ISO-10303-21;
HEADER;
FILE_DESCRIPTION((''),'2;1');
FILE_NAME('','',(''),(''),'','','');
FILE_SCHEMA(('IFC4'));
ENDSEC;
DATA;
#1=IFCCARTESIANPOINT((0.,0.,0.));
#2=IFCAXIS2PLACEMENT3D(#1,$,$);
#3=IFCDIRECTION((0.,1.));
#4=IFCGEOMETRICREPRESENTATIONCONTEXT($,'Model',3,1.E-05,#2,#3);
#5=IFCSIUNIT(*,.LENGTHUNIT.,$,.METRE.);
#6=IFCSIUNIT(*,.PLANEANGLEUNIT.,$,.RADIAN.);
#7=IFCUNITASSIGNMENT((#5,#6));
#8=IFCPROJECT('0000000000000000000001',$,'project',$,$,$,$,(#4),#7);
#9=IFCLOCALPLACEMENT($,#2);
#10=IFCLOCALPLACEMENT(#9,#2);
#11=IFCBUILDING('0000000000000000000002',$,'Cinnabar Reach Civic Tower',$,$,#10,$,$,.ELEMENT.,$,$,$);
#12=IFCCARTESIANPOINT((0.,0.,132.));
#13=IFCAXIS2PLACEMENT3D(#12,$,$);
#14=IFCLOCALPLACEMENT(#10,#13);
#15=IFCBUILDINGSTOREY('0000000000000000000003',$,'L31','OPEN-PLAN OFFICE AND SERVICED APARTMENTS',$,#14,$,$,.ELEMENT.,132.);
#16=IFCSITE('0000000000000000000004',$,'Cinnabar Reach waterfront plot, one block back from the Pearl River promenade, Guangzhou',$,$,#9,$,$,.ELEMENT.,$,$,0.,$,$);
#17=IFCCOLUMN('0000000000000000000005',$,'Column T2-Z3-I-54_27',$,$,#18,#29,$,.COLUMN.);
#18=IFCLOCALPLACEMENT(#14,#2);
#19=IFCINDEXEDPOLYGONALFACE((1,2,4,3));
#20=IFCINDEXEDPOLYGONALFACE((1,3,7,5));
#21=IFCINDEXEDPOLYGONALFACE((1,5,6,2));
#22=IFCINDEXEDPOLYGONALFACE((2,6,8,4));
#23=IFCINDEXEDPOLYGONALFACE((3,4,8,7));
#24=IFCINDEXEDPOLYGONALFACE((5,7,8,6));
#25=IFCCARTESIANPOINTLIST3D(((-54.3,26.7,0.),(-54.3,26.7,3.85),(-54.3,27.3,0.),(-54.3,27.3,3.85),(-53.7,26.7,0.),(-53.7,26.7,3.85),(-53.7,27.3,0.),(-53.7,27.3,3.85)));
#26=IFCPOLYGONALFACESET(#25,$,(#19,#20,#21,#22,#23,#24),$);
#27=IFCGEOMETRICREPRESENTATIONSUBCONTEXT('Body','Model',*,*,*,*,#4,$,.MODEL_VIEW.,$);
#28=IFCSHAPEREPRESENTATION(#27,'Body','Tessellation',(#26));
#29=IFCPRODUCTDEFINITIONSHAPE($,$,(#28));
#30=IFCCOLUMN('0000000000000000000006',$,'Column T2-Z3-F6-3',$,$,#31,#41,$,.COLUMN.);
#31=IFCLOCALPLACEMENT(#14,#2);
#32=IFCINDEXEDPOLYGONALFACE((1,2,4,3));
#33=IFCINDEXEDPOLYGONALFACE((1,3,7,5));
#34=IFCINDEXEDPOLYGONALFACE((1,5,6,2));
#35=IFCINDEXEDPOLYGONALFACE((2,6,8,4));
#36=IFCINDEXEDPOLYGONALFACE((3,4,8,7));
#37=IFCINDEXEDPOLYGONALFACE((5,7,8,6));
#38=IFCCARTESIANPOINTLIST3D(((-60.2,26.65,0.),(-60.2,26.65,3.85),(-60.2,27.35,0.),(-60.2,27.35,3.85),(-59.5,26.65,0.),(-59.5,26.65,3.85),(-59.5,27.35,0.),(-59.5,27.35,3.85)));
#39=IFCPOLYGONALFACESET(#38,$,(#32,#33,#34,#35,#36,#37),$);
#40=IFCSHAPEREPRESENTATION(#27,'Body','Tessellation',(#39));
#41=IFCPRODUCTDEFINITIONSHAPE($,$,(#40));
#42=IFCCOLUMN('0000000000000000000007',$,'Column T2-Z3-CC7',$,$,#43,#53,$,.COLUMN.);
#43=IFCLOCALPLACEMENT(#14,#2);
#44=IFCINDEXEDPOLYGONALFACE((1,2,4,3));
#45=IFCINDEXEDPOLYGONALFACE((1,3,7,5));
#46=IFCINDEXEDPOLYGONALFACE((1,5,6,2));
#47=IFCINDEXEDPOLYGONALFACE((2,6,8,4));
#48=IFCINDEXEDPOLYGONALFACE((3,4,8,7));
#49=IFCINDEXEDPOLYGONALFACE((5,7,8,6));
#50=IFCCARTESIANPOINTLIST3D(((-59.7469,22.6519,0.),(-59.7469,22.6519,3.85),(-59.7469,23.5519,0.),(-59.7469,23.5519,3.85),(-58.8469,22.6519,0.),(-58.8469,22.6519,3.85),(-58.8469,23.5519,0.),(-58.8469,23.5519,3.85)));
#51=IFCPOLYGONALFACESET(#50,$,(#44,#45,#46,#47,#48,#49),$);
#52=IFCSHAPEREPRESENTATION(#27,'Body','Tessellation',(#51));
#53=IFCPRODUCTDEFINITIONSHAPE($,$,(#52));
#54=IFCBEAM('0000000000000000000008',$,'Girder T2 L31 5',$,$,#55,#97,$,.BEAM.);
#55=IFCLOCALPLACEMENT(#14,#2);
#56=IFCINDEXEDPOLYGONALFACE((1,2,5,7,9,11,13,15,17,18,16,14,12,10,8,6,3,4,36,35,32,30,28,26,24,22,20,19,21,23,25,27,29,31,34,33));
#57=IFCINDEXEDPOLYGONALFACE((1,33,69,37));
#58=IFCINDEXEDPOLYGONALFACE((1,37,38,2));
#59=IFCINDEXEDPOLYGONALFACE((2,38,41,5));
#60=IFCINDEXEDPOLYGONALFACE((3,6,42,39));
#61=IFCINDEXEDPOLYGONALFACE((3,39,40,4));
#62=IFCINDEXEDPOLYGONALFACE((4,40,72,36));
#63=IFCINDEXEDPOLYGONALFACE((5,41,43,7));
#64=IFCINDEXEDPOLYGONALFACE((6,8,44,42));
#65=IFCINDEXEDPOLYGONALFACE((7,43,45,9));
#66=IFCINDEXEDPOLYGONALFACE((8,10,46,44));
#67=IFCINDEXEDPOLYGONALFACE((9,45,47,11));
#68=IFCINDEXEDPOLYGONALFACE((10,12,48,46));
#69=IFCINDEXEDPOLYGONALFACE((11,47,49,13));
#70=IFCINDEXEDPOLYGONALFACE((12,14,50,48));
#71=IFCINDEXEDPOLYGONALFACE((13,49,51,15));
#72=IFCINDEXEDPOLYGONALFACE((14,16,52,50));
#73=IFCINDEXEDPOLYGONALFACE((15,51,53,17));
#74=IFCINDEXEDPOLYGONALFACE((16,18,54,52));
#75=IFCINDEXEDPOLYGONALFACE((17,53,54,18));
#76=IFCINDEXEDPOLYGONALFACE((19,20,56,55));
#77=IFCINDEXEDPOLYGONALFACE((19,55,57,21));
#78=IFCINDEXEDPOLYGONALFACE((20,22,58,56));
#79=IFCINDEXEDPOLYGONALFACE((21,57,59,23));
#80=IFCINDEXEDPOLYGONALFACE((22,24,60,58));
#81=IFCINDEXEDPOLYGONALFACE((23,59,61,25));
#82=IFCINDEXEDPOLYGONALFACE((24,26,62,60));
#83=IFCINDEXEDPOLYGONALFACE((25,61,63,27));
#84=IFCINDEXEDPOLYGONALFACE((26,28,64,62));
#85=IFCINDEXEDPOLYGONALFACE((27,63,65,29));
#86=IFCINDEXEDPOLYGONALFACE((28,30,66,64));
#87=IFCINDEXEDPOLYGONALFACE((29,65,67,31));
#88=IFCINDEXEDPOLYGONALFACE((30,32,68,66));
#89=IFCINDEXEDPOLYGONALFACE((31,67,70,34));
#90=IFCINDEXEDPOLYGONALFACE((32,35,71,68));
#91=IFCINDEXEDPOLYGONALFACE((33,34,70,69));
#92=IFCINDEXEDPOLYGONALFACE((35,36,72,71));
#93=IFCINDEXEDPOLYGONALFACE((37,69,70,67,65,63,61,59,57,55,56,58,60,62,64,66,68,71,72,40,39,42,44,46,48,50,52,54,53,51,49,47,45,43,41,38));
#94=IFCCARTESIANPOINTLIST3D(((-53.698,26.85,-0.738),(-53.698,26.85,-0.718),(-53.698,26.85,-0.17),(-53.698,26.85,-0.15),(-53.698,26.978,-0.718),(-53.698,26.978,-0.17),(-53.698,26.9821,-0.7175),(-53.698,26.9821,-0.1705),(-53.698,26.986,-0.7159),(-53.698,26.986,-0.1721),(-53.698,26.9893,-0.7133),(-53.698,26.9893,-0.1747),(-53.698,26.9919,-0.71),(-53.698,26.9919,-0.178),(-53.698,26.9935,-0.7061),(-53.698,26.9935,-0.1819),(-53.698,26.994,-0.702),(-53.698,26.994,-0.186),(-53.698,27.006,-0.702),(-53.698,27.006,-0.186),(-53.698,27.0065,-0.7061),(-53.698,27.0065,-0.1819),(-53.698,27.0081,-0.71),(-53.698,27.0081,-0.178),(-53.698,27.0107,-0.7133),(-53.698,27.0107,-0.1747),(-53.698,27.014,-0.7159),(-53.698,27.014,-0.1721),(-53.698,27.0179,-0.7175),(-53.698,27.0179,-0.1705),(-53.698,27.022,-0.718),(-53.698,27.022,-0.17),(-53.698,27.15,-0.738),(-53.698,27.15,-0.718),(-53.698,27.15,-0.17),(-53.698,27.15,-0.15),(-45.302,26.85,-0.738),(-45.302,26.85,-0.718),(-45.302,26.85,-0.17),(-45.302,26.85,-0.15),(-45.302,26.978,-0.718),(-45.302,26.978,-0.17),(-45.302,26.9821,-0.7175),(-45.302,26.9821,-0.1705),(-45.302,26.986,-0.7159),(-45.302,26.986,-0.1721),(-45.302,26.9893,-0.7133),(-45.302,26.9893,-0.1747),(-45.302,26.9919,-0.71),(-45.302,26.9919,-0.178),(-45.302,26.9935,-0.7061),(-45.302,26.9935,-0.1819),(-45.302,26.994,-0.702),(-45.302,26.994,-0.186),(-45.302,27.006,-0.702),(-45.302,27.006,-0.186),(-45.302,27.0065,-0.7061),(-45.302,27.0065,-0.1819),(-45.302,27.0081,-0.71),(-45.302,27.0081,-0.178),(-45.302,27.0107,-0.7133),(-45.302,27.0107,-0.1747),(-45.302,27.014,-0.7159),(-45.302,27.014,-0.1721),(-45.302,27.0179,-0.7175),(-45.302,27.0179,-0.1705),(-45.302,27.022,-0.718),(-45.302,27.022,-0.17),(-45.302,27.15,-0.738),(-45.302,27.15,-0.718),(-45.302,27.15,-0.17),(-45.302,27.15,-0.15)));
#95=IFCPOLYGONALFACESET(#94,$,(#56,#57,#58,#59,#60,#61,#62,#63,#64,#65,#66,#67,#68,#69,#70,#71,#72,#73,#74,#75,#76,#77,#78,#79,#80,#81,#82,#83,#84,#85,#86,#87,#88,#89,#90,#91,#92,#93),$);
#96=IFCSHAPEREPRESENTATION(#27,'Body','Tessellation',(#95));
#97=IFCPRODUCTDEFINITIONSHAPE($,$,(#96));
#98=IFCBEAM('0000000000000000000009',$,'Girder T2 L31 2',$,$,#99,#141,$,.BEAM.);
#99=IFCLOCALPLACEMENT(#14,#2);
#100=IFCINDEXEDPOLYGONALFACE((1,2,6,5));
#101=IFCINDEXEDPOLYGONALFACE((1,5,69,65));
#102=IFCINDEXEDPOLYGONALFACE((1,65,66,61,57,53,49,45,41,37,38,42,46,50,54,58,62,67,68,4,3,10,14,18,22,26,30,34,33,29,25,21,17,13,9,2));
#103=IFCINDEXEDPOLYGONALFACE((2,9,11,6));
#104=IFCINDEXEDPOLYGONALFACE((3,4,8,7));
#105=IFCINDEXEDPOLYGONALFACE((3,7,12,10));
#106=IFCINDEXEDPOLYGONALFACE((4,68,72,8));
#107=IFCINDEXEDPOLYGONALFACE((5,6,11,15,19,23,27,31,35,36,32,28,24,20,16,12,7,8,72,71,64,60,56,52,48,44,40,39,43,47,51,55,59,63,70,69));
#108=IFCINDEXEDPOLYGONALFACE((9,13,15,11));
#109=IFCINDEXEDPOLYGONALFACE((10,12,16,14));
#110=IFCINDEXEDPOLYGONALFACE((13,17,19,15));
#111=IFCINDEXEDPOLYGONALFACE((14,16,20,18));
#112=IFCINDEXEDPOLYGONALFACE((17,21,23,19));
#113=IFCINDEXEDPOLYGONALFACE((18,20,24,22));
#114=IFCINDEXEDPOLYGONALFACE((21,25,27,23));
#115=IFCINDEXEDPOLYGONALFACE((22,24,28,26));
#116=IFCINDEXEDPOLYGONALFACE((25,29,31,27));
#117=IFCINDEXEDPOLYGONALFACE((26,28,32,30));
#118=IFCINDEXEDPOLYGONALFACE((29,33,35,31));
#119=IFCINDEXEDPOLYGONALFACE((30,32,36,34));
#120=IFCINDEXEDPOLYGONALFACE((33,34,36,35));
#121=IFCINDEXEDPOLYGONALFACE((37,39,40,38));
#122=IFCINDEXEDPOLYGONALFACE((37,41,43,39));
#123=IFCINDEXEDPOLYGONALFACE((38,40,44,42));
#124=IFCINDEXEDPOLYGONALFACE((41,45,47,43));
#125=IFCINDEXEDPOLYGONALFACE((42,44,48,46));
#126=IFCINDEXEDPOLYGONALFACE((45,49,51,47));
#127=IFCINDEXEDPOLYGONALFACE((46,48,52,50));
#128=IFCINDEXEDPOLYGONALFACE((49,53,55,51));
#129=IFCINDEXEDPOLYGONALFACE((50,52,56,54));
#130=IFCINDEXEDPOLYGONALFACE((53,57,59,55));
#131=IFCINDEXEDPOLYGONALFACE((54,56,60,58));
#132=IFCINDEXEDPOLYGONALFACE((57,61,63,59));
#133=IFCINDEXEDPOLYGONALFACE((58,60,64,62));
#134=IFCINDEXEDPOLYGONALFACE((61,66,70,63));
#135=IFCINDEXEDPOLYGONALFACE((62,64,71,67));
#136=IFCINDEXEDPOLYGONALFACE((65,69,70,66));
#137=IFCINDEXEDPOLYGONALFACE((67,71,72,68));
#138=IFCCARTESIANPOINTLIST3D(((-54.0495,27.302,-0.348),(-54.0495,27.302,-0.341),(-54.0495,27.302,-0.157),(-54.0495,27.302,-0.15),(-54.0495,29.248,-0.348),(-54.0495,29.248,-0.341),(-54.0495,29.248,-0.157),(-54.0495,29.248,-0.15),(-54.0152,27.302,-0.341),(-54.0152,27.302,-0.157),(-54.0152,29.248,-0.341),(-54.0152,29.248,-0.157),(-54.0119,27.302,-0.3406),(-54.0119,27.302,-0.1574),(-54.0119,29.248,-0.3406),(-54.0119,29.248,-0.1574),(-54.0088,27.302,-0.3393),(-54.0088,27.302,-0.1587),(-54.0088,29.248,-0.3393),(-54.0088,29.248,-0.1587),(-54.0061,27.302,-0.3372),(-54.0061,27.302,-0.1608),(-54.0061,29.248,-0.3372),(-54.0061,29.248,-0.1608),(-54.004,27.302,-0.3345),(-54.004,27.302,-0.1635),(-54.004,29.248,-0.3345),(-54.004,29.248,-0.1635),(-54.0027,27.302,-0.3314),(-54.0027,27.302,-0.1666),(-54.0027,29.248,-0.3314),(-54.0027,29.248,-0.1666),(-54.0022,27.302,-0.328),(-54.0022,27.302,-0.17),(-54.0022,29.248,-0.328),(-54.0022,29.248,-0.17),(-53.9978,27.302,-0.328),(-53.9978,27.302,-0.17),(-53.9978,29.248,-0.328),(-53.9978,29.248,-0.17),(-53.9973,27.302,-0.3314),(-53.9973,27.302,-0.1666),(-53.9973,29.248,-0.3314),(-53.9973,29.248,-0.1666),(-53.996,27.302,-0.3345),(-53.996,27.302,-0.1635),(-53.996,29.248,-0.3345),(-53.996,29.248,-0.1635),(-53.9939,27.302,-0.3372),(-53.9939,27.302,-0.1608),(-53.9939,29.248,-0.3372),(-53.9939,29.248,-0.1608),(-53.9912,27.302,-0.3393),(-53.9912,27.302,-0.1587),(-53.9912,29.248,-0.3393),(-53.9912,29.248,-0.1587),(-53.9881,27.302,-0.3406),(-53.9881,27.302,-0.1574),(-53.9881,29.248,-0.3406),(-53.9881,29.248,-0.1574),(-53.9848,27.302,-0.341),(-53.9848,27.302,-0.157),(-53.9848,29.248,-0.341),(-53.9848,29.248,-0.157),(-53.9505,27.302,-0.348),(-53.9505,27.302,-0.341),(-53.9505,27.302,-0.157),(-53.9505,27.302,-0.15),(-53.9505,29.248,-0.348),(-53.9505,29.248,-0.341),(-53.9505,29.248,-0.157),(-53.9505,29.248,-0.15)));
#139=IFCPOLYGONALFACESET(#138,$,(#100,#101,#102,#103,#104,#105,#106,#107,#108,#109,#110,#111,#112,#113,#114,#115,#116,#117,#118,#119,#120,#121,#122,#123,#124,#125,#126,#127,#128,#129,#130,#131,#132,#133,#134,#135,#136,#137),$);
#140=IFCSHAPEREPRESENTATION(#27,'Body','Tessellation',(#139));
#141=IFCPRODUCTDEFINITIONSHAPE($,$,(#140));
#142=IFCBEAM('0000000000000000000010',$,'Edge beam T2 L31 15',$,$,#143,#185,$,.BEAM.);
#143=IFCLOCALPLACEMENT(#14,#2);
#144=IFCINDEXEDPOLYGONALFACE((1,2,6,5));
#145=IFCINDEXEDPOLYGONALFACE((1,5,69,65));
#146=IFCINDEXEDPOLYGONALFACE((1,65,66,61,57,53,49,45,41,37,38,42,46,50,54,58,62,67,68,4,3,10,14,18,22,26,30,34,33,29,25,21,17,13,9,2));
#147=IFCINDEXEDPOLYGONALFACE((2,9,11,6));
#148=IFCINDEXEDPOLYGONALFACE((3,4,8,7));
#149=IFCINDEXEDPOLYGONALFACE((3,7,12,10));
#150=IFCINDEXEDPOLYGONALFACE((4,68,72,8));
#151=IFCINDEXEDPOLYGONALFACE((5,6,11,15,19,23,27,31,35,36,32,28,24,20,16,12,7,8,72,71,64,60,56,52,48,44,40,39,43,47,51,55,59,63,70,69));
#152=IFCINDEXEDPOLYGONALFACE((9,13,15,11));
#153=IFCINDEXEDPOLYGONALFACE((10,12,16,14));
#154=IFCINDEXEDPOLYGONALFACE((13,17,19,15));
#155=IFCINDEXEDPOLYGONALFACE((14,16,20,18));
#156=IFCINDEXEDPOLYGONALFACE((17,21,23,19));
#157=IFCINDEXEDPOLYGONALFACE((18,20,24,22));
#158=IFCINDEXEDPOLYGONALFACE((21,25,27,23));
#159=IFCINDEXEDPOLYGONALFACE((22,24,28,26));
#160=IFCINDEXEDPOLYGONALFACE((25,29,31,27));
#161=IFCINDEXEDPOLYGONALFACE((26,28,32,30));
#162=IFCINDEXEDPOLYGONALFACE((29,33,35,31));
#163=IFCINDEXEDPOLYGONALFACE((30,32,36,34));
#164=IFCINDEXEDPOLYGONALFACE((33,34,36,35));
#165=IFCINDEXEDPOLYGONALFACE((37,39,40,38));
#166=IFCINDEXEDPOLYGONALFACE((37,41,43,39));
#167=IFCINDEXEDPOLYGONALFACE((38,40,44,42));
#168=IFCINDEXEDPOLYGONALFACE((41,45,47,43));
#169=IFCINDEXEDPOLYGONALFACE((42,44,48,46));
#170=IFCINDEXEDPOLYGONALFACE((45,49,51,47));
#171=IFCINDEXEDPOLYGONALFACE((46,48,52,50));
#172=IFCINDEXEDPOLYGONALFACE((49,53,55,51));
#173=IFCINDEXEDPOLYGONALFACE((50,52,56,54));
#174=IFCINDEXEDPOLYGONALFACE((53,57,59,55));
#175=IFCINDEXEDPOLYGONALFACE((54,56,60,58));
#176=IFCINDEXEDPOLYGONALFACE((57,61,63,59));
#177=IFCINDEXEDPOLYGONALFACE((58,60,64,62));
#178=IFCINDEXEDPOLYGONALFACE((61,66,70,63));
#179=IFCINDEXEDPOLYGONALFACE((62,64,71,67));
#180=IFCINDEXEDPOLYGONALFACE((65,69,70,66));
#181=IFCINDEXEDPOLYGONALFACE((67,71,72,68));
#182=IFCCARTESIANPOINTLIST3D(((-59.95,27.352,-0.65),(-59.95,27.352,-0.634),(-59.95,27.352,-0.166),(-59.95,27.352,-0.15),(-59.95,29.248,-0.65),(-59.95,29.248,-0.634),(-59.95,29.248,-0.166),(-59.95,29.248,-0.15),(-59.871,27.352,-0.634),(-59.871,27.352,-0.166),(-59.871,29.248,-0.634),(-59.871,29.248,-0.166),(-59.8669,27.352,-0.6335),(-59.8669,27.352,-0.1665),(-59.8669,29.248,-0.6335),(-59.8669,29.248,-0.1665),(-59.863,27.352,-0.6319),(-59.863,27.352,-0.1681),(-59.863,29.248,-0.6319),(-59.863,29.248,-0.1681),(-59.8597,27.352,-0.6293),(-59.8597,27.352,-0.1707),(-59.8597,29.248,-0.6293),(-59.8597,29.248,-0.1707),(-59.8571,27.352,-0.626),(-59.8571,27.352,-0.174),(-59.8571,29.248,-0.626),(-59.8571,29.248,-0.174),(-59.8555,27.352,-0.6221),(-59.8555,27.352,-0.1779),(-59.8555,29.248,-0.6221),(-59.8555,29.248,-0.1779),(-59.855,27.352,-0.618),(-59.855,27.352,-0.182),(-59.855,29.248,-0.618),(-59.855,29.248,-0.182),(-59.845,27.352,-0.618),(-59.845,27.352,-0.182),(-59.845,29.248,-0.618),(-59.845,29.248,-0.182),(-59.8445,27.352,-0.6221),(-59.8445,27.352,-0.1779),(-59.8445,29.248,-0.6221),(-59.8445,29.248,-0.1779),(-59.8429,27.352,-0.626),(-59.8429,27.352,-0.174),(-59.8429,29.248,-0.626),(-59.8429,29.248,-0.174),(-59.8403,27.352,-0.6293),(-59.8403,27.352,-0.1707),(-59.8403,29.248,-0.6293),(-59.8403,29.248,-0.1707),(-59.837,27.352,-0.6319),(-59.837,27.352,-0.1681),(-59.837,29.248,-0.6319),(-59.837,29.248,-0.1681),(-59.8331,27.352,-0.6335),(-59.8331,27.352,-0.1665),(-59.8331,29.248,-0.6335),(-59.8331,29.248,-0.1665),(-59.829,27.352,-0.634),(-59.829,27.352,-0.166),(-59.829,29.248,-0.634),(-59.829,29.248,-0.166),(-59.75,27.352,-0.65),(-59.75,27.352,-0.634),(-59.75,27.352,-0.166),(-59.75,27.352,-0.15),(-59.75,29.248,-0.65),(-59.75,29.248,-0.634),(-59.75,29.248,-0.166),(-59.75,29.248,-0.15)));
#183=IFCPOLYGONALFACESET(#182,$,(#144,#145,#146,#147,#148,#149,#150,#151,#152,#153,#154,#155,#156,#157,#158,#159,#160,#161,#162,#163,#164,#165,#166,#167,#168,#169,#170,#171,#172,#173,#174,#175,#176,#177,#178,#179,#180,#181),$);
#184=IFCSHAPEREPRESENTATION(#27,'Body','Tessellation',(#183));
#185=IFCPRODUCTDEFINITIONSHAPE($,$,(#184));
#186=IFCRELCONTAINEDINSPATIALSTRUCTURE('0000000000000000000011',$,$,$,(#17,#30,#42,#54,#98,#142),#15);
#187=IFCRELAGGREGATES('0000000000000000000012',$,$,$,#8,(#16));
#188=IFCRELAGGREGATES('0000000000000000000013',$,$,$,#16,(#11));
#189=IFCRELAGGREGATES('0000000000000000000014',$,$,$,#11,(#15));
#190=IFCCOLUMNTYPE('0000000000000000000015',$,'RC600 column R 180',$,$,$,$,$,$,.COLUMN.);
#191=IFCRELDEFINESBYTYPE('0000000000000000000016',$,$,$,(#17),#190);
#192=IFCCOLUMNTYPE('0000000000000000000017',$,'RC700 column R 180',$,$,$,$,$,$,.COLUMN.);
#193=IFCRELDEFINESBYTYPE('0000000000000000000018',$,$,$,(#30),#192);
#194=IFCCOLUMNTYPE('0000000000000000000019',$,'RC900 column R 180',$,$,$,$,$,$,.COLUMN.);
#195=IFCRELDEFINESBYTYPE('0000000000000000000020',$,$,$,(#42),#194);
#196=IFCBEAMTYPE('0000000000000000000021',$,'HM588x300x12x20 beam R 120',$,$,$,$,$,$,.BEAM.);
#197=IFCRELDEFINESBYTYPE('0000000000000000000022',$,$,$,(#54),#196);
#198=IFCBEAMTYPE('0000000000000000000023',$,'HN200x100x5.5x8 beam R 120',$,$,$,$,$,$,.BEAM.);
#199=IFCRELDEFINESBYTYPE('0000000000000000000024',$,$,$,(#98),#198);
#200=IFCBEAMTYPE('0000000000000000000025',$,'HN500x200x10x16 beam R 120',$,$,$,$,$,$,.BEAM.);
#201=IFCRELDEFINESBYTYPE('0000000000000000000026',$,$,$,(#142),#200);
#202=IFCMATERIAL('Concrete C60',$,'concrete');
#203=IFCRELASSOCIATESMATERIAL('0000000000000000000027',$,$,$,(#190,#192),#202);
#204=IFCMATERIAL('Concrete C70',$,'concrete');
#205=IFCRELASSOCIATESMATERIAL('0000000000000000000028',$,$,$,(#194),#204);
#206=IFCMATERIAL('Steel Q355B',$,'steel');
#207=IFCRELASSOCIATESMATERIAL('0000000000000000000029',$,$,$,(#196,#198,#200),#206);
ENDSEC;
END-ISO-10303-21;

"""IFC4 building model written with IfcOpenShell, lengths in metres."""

from ifc_helpers import new_model, si_unit, direction, frame, origin, origin_2d, place, context, subcontext, project, spatial, rectangle, i_section, extrude, material, material_profile, profile_set, type_object, element, save


model = new_model("IFC4")

# Units and contexts
model_context = context("Model", 3, precision=1e-05, world=origin(), true_north=direction((0.0, 1.0)))
body_context = subcontext(model_context, "Body", "Model", "MODEL_VIEW")
ifc_project = project(units=[si_unit("LENGTHUNIT", "METRE"), si_unit("PLANEANGLEUNIT", "RADIAN")], contexts=[model_context])

# Site, building, storey
site_placement = place(None, origin())
site = spatial("IfcSite", under=ifc_project, at=site_placement, Name="Cinnabar Reach waterfront plot, one block back from the Pearl River promenade, Guangzhou", CompositionType="ELEMENT", RefElevation=0.0)
building_placement = place(site_placement, origin())
building = spatial("IfcBuilding", under=site, at=building_placement, Name="Cinnabar Reach Civic Tower", CompositionType="ELEMENT")
storey_placement = place(building_placement, frame((0.0, 0.0, 132.0)))
storey = spatial("IfcBuildingStorey", under=building, at=storey_placement, Name="L31", Description="OPEN-PLAN OFFICE AND SERVICED APARTMENTS", CompositionType="ELEMENT", Elevation=132.0)

# Columns
ifc_material_1 = material(Name="Concrete C60", Category="concrete")
ifc_material_profile_1 = material_profile(ifc_material_1, rectangle(XDim=0.6, YDim=0.6, at=origin_2d()), Name="RC600")
ifc_profile_set_1 = profile_set([ifc_material_profile_1], Name="Concrete C60")
column_type_1 = type_object("IfcColumnType", Name="RC600 column R 180", PredefinedType="COLUMN", material=ifc_profile_set_1)
column_1_placement = place(storey_placement, frame((-54.0, 27.0, 0.0), z_axis=(0.0, 0.0, 1.0), x_axis=(1.0, 0.0, 0.0)))
element("IfcColumn", 1, at=column_1_placement, inside=storey, type_object=column_type_1, Name="Column T2-Z3-I-54_27", PredefinedType="COLUMN", context=body_context, shape_type="SweptSolid", body=[
    extrude(rectangle(XDim=0.6, YDim=0.6, at=origin_2d()), origin(), (0.0, 0.0, 1.0), 3.85),
])
ifc_material_profile_2 = material_profile(ifc_material_1, rectangle(XDim=0.7, YDim=0.7, at=origin_2d()), Name="RC700")
ifc_profile_set_2 = profile_set([ifc_material_profile_2], Name="Concrete C60")
column_type_2 = type_object("IfcColumnType", Name="RC700 column R 180", PredefinedType="COLUMN", material=ifc_profile_set_2)
column_2_placement = place(storey_placement, frame((-59.85, 27.0, 0.0), z_axis=(0.0, 0.0, 1.0), x_axis=(1.0, 0.0, 0.0)))
element("IfcColumn", 2, at=column_2_placement, inside=storey, type_object=column_type_2, Name="Column T2-Z3-F6-3", PredefinedType="COLUMN", context=body_context, shape_type="SweptSolid", body=[
    extrude(rectangle(XDim=0.7, YDim=0.7, at=origin_2d()), origin(), (0.0, 0.0, 1.0), 3.85),
])
ifc_material_2 = material(Name="Concrete C70", Category="concrete")
ifc_material_profile_3 = material_profile(ifc_material_2, rectangle(XDim=0.9, YDim=0.9, at=origin_2d()), Name="RC900")
ifc_profile_set_3 = profile_set([ifc_material_profile_3], Name="Concrete C70")
column_type_3 = type_object("IfcColumnType", Name="RC900 column R 180", PredefinedType="COLUMN", material=ifc_profile_set_3)
column_3_placement = place(storey_placement, frame((-59.2969, 23.1019, 0.0), z_axis=(0.0, 0.0, 1.0), x_axis=(1.0, 0.0, 0.0)))
element("IfcColumn", 3, at=column_3_placement, inside=storey, type_object=column_type_3, Name="Column T2-Z3-CC7", PredefinedType="COLUMN", context=body_context, shape_type="SweptSolid", body=[
    extrude(rectangle(XDim=0.9, YDim=0.9, at=origin_2d()), origin(), (0.0, 0.0, 1.0), 3.85),
])

# Beams
ifc_material_3 = material(Name="Steel Q355B", Category="steel")
ifc_material_profile_4 = material_profile(ifc_material_3, i_section(OverallWidth=0.3, OverallDepth=0.588, WebThickness=0.012, FlangeThickness=0.02, FilletRadius=0.016, at=origin_2d()), Name="HM588x300x12x20")
ifc_profile_set_4 = profile_set([ifc_material_profile_4], Name="Steel Q355B")
beam_type_1 = type_object("IfcBeamType", Name="HM588x300x12x20 beam R 120", PredefinedType="BEAM", material=ifc_profile_set_4)
beam_1_placement = place(storey_placement, frame((-53.698, 27.0, -0.444), z_axis=(1.0, 0.0, 0.0), x_axis=(0.0, 1.0, 0.0)))
element("IfcBeam", 4, at=beam_1_placement, inside=storey, type_object=beam_type_1, Name="Girder T2 L31 5", PredefinedType="BEAM", context=body_context, shape_type="SweptSolid", body=[
    extrude(i_section(OverallWidth=0.3, OverallDepth=0.588, WebThickness=0.012, FlangeThickness=0.02, FilletRadius=0.016, at=origin_2d()), origin(), (0.0, 0.0, 1.0), 8.396),
])
ifc_material_profile_5 = material_profile(ifc_material_3, i_section(OverallWidth=0.099, OverallDepth=0.198, WebThickness=0.0045, FlangeThickness=0.007, FilletRadius=0.013, at=origin_2d()), Name="HN200x100x5.5x8")
ifc_profile_set_5 = profile_set([ifc_material_profile_5], Name="Steel Q355B")
beam_type_2 = type_object("IfcBeamType", Name="HN200x100x5.5x8 beam R 120", PredefinedType="BEAM", material=ifc_profile_set_5)
beam_2_placement = place(storey_placement, frame((-54.0, 27.302, -0.249), z_axis=(0.0, 1.0, 0.0), x_axis=(-1.0, 0.0, 0.0)))
element("IfcBeam", 5, at=beam_2_placement, inside=storey, type_object=beam_type_2, Name="Girder T2 L31 2", PredefinedType="BEAM", context=body_context, shape_type="SweptSolid", body=[
    extrude(i_section(OverallWidth=0.099, OverallDepth=0.198, WebThickness=0.0045, FlangeThickness=0.007, FilletRadius=0.013, at=origin_2d()), origin(), (0.0, 0.0, 1.0), 1.946),
])
ifc_material_profile_6 = material_profile(ifc_material_3, i_section(OverallWidth=0.2, OverallDepth=0.5, WebThickness=0.01, FlangeThickness=0.016, FilletRadius=0.016, at=origin_2d()), Name="HN500x200x10x16")
ifc_profile_set_6 = profile_set([ifc_material_profile_6], Name="Steel Q355B")
beam_type_3 = type_object("IfcBeamType", Name="HN500x200x10x16 beam R 120", PredefinedType="BEAM", material=ifc_profile_set_6)
beam_3_placement = place(storey_placement, frame((-59.85, 29.248, -0.4), z_axis=(0.0, -1.0, 0.0), x_axis=(1.0, 0.0, 0.0)))
element("IfcBeam", 6, at=beam_3_placement, inside=storey, type_object=beam_type_3, Name="Edge beam T2 L31 15", PredefinedType="BEAM", context=body_context, shape_type="SweptSolid", body=[
    extrude(i_section(OverallWidth=0.2, OverallDepth=0.5, WebThickness=0.01, FlangeThickness=0.016, FilletRadius=0.016, at=origin_2d()), origin(), (0.0, 0.0, 1.0), 1.896),
])

save(model, "model.ifc")
